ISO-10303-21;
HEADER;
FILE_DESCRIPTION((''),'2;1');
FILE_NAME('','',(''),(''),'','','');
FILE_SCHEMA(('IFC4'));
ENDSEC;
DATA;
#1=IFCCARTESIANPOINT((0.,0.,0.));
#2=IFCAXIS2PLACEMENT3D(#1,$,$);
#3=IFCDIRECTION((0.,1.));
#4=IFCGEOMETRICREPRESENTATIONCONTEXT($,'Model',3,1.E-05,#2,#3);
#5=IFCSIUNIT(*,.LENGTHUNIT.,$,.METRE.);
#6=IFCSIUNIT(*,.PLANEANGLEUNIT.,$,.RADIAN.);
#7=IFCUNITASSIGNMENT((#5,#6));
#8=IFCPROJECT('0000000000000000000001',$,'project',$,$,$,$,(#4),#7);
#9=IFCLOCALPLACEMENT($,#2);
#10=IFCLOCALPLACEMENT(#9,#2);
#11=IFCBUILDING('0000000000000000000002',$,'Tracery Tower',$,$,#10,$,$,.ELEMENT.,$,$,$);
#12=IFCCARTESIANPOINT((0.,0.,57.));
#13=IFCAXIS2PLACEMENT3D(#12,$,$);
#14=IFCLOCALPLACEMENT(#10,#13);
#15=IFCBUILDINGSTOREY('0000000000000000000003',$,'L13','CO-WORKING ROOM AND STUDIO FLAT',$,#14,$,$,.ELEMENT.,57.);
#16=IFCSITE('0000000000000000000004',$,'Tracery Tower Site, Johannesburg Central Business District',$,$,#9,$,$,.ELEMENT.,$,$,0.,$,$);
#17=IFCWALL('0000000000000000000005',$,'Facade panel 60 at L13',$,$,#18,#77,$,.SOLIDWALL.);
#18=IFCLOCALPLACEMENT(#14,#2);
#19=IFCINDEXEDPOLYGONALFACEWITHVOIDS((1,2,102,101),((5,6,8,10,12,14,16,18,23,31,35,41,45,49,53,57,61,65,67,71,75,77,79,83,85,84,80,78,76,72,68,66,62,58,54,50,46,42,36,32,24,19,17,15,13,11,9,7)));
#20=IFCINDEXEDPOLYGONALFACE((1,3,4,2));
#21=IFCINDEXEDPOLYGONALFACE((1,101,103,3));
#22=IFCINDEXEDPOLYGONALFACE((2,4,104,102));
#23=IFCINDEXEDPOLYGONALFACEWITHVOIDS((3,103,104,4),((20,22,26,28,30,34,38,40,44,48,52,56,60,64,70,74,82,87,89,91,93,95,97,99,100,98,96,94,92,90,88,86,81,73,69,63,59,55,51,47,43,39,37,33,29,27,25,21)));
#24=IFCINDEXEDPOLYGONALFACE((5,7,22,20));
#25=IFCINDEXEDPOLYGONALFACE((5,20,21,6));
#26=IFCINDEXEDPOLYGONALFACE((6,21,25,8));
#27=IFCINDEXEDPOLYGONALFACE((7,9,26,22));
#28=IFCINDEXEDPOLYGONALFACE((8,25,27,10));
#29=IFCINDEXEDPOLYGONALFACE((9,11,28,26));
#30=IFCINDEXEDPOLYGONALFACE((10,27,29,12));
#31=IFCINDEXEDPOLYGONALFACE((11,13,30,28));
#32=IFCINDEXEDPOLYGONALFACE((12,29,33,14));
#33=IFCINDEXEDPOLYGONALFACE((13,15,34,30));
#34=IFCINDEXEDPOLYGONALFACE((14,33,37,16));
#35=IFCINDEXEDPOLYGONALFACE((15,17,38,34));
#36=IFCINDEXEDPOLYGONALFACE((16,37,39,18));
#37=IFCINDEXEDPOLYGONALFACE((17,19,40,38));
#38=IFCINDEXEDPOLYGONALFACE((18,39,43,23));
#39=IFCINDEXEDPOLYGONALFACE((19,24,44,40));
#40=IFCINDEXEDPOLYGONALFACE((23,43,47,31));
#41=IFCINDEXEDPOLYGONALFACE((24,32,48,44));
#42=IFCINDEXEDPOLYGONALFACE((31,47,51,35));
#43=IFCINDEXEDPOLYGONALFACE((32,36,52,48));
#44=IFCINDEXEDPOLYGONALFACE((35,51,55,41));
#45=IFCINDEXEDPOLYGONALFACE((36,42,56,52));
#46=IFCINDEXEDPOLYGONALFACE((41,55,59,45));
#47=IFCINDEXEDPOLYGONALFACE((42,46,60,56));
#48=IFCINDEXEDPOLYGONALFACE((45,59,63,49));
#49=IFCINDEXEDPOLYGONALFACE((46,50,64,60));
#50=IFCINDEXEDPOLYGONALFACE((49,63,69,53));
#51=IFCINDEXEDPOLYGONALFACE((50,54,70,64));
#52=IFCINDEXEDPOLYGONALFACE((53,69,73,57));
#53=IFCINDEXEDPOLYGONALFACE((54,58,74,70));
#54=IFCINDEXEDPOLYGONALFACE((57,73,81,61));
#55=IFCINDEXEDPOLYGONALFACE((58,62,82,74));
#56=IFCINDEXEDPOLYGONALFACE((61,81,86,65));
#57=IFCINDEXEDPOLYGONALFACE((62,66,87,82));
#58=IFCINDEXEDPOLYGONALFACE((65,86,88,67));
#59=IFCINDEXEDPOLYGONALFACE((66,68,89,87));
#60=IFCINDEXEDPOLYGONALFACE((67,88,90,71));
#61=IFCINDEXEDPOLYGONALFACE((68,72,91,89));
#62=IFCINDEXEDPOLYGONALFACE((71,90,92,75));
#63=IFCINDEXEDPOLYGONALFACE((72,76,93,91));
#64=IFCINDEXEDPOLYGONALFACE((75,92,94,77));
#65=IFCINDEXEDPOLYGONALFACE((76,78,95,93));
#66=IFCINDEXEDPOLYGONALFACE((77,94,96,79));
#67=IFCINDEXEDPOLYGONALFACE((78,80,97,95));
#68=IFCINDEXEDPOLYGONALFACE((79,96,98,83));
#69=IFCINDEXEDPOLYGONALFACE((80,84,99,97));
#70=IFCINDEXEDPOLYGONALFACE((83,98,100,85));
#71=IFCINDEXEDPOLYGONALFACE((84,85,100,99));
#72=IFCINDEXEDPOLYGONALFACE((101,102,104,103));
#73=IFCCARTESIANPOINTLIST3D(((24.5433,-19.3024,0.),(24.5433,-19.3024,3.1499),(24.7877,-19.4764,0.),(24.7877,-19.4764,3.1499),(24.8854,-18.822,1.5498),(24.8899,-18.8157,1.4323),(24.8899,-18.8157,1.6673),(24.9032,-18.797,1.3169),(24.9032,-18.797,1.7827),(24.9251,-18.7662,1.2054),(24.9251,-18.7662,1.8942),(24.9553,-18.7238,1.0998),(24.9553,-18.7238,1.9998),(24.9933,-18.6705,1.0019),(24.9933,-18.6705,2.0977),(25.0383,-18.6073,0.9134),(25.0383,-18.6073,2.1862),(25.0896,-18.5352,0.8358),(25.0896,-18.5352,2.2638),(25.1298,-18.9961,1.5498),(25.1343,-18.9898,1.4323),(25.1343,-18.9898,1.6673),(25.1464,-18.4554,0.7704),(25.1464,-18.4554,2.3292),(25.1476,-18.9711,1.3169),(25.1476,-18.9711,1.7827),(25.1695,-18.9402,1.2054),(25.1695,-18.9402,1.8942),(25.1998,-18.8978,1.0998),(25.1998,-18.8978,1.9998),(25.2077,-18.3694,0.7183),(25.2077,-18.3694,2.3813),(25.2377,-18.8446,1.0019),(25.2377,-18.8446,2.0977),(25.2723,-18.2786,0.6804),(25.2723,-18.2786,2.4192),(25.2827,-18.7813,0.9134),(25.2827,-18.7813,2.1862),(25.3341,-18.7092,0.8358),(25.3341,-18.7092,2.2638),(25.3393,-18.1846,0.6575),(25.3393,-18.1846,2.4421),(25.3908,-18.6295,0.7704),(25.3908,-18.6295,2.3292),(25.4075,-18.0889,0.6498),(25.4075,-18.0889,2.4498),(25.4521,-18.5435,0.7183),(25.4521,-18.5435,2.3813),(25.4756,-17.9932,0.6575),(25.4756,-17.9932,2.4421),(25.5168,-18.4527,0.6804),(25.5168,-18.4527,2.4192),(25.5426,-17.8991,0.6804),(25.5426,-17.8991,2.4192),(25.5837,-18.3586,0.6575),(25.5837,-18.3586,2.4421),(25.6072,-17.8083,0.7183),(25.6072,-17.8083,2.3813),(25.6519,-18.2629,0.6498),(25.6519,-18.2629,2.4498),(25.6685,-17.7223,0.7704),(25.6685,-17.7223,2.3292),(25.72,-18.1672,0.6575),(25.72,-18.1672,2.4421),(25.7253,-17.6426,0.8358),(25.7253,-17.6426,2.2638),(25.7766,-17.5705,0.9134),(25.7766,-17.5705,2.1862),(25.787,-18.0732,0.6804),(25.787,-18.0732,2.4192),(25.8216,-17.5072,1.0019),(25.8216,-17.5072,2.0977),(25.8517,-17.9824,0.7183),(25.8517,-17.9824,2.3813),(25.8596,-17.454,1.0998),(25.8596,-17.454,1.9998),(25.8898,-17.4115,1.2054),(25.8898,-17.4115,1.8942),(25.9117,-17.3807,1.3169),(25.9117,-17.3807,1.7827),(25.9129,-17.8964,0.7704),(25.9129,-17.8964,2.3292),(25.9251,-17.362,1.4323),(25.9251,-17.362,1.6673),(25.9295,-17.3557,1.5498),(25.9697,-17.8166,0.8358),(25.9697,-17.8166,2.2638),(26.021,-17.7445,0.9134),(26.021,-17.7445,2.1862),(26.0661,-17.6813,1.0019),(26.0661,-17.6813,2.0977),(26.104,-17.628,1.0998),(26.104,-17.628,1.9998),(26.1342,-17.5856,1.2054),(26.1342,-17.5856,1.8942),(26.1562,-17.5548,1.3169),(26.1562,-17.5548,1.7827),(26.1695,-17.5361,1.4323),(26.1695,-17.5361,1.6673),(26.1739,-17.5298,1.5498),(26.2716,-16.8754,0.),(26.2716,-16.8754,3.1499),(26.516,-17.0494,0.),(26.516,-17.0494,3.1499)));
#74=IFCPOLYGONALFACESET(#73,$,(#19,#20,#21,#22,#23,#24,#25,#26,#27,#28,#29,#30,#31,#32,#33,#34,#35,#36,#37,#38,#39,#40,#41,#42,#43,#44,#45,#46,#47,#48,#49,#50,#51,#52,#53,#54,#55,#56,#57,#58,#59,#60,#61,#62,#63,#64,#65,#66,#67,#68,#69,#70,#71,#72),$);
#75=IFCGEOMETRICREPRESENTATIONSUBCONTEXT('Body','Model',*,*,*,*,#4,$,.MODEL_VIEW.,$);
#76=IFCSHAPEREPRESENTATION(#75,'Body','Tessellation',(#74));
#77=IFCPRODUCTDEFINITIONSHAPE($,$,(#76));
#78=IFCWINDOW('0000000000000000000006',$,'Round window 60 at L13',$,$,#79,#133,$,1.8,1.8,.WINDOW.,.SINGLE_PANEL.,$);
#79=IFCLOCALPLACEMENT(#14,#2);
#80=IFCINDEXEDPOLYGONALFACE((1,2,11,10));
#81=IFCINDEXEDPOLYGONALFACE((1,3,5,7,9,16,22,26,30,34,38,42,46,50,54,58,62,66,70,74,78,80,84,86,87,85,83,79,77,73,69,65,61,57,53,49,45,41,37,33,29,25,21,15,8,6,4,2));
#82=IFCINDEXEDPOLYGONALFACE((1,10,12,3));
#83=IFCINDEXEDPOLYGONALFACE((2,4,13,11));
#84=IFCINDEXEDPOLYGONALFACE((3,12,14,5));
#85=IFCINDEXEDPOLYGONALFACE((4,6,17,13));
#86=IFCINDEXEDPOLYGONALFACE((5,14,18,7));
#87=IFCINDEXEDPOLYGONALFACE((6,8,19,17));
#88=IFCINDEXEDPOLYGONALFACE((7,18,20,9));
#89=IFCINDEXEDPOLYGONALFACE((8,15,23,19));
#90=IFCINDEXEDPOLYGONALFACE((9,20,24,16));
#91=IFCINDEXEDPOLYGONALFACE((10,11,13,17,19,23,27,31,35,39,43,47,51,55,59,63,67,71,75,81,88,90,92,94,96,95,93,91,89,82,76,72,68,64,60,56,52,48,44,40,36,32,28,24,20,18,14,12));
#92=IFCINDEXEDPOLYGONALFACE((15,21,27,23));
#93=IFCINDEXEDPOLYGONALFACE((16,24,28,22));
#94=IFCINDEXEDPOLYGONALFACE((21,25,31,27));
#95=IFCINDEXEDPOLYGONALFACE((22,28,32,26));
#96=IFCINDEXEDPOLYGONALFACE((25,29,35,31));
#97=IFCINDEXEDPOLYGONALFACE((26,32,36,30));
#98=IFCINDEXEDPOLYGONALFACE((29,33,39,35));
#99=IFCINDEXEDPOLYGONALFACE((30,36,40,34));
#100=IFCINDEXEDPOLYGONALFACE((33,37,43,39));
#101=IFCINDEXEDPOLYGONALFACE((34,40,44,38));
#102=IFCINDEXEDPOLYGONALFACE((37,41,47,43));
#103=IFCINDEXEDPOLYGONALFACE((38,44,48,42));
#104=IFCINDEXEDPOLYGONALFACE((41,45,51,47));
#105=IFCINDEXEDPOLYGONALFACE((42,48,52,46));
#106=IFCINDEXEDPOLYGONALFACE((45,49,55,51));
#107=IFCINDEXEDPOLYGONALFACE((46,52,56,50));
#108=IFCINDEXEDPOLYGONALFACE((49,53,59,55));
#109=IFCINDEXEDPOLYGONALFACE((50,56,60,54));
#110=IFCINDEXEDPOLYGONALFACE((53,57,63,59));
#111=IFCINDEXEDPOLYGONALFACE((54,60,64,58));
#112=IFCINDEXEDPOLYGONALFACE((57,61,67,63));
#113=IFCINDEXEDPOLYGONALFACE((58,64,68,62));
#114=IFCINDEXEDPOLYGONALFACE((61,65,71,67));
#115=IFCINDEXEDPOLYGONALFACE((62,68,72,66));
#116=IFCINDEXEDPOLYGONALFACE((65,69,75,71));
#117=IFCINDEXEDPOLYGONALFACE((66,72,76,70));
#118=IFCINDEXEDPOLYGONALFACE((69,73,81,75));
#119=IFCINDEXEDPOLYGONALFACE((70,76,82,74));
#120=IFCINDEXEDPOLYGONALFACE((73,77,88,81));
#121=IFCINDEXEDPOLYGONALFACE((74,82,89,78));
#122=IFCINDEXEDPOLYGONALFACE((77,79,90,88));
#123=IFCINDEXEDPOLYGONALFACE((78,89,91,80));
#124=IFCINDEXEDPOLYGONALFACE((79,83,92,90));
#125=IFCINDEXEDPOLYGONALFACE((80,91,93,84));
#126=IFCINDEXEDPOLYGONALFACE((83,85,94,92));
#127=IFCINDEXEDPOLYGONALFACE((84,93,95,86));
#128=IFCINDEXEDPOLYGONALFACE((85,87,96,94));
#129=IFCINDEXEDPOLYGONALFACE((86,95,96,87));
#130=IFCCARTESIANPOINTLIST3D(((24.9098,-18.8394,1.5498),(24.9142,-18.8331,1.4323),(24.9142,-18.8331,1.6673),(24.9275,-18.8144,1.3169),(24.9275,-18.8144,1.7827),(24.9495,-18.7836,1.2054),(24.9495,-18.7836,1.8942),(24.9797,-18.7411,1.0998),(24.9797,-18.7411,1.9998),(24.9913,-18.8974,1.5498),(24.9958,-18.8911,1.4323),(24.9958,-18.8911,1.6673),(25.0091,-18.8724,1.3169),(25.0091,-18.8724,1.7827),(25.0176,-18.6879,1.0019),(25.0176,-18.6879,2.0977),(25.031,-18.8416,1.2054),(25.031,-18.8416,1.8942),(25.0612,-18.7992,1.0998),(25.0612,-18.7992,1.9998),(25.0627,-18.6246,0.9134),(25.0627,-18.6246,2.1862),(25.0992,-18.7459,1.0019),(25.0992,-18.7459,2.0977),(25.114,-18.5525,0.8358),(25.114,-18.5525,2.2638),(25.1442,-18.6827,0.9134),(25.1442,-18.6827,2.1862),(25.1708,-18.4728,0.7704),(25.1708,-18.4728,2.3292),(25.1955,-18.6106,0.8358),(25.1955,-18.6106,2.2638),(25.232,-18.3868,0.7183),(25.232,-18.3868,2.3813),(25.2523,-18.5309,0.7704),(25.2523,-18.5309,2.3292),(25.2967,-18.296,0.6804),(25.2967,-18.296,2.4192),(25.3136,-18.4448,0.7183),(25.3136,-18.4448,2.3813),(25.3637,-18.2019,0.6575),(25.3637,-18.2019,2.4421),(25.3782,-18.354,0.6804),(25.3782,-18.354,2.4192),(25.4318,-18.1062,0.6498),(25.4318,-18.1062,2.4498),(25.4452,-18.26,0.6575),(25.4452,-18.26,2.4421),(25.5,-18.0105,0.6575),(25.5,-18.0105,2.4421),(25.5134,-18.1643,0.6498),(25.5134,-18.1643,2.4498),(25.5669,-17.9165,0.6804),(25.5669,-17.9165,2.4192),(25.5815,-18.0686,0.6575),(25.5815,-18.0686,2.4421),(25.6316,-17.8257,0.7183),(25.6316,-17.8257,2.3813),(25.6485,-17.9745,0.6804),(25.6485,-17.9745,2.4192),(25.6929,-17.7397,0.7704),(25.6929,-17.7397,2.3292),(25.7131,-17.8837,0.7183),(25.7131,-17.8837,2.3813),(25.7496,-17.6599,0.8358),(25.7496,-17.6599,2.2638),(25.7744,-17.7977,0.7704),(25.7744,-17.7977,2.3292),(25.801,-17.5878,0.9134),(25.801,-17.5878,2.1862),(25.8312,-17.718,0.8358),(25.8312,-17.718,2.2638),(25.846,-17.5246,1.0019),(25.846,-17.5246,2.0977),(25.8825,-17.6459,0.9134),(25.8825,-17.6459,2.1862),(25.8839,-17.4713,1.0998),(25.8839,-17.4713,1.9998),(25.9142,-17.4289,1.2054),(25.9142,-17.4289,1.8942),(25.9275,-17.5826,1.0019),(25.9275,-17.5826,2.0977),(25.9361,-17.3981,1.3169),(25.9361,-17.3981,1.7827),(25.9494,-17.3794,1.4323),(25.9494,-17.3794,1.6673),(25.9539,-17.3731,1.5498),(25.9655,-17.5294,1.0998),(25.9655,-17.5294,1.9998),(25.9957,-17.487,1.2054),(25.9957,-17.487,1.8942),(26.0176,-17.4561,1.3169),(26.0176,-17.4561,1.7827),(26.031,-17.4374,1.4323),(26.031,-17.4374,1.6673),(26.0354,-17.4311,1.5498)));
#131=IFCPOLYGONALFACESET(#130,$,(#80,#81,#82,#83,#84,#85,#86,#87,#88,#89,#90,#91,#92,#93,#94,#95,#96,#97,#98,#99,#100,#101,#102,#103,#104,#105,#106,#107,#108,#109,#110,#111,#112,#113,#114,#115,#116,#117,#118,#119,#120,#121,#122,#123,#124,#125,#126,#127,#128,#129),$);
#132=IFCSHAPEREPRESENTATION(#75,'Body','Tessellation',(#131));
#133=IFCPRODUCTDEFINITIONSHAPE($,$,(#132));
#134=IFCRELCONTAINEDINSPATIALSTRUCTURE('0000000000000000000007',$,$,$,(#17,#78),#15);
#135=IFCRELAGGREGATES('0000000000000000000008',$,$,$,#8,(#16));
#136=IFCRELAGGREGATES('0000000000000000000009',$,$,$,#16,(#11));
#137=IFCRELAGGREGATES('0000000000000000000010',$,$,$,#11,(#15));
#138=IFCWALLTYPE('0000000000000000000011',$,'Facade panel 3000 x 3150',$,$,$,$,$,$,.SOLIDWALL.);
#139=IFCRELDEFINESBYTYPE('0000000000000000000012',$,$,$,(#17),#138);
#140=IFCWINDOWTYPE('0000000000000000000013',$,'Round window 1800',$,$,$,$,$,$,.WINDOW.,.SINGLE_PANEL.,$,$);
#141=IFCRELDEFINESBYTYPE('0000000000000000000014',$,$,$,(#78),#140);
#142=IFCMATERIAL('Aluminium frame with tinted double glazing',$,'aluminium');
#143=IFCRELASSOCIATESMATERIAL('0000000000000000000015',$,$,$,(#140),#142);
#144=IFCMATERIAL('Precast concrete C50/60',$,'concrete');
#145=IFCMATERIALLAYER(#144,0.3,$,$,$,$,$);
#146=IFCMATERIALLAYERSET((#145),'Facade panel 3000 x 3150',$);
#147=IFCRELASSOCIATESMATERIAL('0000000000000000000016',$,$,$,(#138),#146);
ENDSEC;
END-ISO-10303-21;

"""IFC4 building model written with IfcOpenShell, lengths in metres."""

from ifc_helpers import new_model, si_unit, direction, frame, frame_2d, origin, origin_2d, place, context, subcontext, project, spatial, rectangle, circle, extrude, material, layer, layer_set, type_object, element, fill, save


model = new_model("IFC4")

# Units and contexts
model_context = context("Model", 3, precision=1e-05, world=origin(), true_north=direction((0.0, 1.0)))
body_context = subcontext(model_context, "Body", "Model", "MODEL_VIEW")
ifc_project = project(units=[si_unit("LENGTHUNIT", "METRE"), si_unit("PLANEANGLEUNIT", "RADIAN")], contexts=[model_context])

# Site, building, storey
site_placement = place(None, origin())
site = spatial("IfcSite", under=ifc_project, at=site_placement, Name="Tracery Tower Site, Johannesburg Central Business District", CompositionType="ELEMENT", RefElevation=0.0)
building_placement = place(site_placement, origin())
building = spatial("IfcBuilding", under=site, at=building_placement, Name="Tracery Tower", CompositionType="ELEMENT")
storey_placement = place(building_placement, frame((0.0, 0.0, 57.0)))
storey = spatial("IfcBuildingStorey", under=building, at=storey_placement, Name="L13", Description="CO-WORKING ROOM AND STUDIO FLAT", CompositionType="ELEMENT", Elevation=57.0)

# Wall, opening, window
ifc_material_1 = material(Name="Aluminium frame with tinted double glazing", Category="aluminium")
window_type = type_object("IfcWindowType", Name="Round window 1800", PartitioningType="SINGLE_PANEL", PredefinedType="WINDOW", material=ifc_material_1)
ifc_material_2 = material(Name="Precast concrete C50/60", Category="concrete")
ifc_layer_1 = layer(ifc_material_2, 0.3)
ifc_layer_set_1 = layer_set([ifc_layer_1], Name="Facade panel 3000 x 3150")
wall_type_1 = type_object("IfcWallType", Name="Facade panel 3000 x 3150", PredefinedType="SOLIDWALL", material=ifc_layer_set_1)
wall_1_placement = place(storey_placement, frame((24.6655, -19.3894, 0.0), z_axis=(0.0, 0.0, 1.0), x_axis=(0.580059, 0.814574, 0.0)))
wall_1 = element("IfcWall", 1, at=wall_1_placement, inside=storey, type_object=wall_type_1, Name="Facade panel 60 at L13", PredefinedType="SOLIDWALL", context=body_context, shape_type="SweptSolid", body=[
    extrude(rectangle(XDim=2.9795, YDim=0.3, at=frame_2d((1.4897, 0.0))), origin(), (0.0, 0.0, 1.0), 3.1499),
])
opening_1_placement = place(wall_1_placement, frame((1.4897, 0.0, 1.5498)))
opening_1 = element("IfcOpeningElement", 2, at=opening_1_placement, cuts=wall_1, PredefinedType="OPENING", context=body_context, shape_type="SweptSolid", body=[
    extrude(circle(Radius=0.9, at=origin_2d()), frame((0.0, 0.1599, 0.0), z_axis=(0.0, -1.0, 0.0), x_axis=(1.0, 0.0, 0.0)), (0.0, 0.0, 1.0), 0.3201),
])
window_1_placement = place(opening_1_placement, origin())
window_1 = element("IfcWindow", 3, at=window_1_placement, inside=storey, type_object=window_type, Name="Round window 60 at L13", OverallHeight=1.8, OverallWidth=1.8, PartitioningType="SINGLE_PANEL", PredefinedType="WINDOW", context=body_context, shape_type="SweptSolid", body=[
    extrude(circle(Radius=0.9, at=origin_2d()), frame((0.0, 0.1201, 0.0), z_axis=(0.0, -1.0, 0.0), x_axis=(1.0, 0.0, 0.0)), (0.0, 0.0, 1.0), 0.1001),
])
fill(opening_1, window_1)

save(model, "model.ifc")
